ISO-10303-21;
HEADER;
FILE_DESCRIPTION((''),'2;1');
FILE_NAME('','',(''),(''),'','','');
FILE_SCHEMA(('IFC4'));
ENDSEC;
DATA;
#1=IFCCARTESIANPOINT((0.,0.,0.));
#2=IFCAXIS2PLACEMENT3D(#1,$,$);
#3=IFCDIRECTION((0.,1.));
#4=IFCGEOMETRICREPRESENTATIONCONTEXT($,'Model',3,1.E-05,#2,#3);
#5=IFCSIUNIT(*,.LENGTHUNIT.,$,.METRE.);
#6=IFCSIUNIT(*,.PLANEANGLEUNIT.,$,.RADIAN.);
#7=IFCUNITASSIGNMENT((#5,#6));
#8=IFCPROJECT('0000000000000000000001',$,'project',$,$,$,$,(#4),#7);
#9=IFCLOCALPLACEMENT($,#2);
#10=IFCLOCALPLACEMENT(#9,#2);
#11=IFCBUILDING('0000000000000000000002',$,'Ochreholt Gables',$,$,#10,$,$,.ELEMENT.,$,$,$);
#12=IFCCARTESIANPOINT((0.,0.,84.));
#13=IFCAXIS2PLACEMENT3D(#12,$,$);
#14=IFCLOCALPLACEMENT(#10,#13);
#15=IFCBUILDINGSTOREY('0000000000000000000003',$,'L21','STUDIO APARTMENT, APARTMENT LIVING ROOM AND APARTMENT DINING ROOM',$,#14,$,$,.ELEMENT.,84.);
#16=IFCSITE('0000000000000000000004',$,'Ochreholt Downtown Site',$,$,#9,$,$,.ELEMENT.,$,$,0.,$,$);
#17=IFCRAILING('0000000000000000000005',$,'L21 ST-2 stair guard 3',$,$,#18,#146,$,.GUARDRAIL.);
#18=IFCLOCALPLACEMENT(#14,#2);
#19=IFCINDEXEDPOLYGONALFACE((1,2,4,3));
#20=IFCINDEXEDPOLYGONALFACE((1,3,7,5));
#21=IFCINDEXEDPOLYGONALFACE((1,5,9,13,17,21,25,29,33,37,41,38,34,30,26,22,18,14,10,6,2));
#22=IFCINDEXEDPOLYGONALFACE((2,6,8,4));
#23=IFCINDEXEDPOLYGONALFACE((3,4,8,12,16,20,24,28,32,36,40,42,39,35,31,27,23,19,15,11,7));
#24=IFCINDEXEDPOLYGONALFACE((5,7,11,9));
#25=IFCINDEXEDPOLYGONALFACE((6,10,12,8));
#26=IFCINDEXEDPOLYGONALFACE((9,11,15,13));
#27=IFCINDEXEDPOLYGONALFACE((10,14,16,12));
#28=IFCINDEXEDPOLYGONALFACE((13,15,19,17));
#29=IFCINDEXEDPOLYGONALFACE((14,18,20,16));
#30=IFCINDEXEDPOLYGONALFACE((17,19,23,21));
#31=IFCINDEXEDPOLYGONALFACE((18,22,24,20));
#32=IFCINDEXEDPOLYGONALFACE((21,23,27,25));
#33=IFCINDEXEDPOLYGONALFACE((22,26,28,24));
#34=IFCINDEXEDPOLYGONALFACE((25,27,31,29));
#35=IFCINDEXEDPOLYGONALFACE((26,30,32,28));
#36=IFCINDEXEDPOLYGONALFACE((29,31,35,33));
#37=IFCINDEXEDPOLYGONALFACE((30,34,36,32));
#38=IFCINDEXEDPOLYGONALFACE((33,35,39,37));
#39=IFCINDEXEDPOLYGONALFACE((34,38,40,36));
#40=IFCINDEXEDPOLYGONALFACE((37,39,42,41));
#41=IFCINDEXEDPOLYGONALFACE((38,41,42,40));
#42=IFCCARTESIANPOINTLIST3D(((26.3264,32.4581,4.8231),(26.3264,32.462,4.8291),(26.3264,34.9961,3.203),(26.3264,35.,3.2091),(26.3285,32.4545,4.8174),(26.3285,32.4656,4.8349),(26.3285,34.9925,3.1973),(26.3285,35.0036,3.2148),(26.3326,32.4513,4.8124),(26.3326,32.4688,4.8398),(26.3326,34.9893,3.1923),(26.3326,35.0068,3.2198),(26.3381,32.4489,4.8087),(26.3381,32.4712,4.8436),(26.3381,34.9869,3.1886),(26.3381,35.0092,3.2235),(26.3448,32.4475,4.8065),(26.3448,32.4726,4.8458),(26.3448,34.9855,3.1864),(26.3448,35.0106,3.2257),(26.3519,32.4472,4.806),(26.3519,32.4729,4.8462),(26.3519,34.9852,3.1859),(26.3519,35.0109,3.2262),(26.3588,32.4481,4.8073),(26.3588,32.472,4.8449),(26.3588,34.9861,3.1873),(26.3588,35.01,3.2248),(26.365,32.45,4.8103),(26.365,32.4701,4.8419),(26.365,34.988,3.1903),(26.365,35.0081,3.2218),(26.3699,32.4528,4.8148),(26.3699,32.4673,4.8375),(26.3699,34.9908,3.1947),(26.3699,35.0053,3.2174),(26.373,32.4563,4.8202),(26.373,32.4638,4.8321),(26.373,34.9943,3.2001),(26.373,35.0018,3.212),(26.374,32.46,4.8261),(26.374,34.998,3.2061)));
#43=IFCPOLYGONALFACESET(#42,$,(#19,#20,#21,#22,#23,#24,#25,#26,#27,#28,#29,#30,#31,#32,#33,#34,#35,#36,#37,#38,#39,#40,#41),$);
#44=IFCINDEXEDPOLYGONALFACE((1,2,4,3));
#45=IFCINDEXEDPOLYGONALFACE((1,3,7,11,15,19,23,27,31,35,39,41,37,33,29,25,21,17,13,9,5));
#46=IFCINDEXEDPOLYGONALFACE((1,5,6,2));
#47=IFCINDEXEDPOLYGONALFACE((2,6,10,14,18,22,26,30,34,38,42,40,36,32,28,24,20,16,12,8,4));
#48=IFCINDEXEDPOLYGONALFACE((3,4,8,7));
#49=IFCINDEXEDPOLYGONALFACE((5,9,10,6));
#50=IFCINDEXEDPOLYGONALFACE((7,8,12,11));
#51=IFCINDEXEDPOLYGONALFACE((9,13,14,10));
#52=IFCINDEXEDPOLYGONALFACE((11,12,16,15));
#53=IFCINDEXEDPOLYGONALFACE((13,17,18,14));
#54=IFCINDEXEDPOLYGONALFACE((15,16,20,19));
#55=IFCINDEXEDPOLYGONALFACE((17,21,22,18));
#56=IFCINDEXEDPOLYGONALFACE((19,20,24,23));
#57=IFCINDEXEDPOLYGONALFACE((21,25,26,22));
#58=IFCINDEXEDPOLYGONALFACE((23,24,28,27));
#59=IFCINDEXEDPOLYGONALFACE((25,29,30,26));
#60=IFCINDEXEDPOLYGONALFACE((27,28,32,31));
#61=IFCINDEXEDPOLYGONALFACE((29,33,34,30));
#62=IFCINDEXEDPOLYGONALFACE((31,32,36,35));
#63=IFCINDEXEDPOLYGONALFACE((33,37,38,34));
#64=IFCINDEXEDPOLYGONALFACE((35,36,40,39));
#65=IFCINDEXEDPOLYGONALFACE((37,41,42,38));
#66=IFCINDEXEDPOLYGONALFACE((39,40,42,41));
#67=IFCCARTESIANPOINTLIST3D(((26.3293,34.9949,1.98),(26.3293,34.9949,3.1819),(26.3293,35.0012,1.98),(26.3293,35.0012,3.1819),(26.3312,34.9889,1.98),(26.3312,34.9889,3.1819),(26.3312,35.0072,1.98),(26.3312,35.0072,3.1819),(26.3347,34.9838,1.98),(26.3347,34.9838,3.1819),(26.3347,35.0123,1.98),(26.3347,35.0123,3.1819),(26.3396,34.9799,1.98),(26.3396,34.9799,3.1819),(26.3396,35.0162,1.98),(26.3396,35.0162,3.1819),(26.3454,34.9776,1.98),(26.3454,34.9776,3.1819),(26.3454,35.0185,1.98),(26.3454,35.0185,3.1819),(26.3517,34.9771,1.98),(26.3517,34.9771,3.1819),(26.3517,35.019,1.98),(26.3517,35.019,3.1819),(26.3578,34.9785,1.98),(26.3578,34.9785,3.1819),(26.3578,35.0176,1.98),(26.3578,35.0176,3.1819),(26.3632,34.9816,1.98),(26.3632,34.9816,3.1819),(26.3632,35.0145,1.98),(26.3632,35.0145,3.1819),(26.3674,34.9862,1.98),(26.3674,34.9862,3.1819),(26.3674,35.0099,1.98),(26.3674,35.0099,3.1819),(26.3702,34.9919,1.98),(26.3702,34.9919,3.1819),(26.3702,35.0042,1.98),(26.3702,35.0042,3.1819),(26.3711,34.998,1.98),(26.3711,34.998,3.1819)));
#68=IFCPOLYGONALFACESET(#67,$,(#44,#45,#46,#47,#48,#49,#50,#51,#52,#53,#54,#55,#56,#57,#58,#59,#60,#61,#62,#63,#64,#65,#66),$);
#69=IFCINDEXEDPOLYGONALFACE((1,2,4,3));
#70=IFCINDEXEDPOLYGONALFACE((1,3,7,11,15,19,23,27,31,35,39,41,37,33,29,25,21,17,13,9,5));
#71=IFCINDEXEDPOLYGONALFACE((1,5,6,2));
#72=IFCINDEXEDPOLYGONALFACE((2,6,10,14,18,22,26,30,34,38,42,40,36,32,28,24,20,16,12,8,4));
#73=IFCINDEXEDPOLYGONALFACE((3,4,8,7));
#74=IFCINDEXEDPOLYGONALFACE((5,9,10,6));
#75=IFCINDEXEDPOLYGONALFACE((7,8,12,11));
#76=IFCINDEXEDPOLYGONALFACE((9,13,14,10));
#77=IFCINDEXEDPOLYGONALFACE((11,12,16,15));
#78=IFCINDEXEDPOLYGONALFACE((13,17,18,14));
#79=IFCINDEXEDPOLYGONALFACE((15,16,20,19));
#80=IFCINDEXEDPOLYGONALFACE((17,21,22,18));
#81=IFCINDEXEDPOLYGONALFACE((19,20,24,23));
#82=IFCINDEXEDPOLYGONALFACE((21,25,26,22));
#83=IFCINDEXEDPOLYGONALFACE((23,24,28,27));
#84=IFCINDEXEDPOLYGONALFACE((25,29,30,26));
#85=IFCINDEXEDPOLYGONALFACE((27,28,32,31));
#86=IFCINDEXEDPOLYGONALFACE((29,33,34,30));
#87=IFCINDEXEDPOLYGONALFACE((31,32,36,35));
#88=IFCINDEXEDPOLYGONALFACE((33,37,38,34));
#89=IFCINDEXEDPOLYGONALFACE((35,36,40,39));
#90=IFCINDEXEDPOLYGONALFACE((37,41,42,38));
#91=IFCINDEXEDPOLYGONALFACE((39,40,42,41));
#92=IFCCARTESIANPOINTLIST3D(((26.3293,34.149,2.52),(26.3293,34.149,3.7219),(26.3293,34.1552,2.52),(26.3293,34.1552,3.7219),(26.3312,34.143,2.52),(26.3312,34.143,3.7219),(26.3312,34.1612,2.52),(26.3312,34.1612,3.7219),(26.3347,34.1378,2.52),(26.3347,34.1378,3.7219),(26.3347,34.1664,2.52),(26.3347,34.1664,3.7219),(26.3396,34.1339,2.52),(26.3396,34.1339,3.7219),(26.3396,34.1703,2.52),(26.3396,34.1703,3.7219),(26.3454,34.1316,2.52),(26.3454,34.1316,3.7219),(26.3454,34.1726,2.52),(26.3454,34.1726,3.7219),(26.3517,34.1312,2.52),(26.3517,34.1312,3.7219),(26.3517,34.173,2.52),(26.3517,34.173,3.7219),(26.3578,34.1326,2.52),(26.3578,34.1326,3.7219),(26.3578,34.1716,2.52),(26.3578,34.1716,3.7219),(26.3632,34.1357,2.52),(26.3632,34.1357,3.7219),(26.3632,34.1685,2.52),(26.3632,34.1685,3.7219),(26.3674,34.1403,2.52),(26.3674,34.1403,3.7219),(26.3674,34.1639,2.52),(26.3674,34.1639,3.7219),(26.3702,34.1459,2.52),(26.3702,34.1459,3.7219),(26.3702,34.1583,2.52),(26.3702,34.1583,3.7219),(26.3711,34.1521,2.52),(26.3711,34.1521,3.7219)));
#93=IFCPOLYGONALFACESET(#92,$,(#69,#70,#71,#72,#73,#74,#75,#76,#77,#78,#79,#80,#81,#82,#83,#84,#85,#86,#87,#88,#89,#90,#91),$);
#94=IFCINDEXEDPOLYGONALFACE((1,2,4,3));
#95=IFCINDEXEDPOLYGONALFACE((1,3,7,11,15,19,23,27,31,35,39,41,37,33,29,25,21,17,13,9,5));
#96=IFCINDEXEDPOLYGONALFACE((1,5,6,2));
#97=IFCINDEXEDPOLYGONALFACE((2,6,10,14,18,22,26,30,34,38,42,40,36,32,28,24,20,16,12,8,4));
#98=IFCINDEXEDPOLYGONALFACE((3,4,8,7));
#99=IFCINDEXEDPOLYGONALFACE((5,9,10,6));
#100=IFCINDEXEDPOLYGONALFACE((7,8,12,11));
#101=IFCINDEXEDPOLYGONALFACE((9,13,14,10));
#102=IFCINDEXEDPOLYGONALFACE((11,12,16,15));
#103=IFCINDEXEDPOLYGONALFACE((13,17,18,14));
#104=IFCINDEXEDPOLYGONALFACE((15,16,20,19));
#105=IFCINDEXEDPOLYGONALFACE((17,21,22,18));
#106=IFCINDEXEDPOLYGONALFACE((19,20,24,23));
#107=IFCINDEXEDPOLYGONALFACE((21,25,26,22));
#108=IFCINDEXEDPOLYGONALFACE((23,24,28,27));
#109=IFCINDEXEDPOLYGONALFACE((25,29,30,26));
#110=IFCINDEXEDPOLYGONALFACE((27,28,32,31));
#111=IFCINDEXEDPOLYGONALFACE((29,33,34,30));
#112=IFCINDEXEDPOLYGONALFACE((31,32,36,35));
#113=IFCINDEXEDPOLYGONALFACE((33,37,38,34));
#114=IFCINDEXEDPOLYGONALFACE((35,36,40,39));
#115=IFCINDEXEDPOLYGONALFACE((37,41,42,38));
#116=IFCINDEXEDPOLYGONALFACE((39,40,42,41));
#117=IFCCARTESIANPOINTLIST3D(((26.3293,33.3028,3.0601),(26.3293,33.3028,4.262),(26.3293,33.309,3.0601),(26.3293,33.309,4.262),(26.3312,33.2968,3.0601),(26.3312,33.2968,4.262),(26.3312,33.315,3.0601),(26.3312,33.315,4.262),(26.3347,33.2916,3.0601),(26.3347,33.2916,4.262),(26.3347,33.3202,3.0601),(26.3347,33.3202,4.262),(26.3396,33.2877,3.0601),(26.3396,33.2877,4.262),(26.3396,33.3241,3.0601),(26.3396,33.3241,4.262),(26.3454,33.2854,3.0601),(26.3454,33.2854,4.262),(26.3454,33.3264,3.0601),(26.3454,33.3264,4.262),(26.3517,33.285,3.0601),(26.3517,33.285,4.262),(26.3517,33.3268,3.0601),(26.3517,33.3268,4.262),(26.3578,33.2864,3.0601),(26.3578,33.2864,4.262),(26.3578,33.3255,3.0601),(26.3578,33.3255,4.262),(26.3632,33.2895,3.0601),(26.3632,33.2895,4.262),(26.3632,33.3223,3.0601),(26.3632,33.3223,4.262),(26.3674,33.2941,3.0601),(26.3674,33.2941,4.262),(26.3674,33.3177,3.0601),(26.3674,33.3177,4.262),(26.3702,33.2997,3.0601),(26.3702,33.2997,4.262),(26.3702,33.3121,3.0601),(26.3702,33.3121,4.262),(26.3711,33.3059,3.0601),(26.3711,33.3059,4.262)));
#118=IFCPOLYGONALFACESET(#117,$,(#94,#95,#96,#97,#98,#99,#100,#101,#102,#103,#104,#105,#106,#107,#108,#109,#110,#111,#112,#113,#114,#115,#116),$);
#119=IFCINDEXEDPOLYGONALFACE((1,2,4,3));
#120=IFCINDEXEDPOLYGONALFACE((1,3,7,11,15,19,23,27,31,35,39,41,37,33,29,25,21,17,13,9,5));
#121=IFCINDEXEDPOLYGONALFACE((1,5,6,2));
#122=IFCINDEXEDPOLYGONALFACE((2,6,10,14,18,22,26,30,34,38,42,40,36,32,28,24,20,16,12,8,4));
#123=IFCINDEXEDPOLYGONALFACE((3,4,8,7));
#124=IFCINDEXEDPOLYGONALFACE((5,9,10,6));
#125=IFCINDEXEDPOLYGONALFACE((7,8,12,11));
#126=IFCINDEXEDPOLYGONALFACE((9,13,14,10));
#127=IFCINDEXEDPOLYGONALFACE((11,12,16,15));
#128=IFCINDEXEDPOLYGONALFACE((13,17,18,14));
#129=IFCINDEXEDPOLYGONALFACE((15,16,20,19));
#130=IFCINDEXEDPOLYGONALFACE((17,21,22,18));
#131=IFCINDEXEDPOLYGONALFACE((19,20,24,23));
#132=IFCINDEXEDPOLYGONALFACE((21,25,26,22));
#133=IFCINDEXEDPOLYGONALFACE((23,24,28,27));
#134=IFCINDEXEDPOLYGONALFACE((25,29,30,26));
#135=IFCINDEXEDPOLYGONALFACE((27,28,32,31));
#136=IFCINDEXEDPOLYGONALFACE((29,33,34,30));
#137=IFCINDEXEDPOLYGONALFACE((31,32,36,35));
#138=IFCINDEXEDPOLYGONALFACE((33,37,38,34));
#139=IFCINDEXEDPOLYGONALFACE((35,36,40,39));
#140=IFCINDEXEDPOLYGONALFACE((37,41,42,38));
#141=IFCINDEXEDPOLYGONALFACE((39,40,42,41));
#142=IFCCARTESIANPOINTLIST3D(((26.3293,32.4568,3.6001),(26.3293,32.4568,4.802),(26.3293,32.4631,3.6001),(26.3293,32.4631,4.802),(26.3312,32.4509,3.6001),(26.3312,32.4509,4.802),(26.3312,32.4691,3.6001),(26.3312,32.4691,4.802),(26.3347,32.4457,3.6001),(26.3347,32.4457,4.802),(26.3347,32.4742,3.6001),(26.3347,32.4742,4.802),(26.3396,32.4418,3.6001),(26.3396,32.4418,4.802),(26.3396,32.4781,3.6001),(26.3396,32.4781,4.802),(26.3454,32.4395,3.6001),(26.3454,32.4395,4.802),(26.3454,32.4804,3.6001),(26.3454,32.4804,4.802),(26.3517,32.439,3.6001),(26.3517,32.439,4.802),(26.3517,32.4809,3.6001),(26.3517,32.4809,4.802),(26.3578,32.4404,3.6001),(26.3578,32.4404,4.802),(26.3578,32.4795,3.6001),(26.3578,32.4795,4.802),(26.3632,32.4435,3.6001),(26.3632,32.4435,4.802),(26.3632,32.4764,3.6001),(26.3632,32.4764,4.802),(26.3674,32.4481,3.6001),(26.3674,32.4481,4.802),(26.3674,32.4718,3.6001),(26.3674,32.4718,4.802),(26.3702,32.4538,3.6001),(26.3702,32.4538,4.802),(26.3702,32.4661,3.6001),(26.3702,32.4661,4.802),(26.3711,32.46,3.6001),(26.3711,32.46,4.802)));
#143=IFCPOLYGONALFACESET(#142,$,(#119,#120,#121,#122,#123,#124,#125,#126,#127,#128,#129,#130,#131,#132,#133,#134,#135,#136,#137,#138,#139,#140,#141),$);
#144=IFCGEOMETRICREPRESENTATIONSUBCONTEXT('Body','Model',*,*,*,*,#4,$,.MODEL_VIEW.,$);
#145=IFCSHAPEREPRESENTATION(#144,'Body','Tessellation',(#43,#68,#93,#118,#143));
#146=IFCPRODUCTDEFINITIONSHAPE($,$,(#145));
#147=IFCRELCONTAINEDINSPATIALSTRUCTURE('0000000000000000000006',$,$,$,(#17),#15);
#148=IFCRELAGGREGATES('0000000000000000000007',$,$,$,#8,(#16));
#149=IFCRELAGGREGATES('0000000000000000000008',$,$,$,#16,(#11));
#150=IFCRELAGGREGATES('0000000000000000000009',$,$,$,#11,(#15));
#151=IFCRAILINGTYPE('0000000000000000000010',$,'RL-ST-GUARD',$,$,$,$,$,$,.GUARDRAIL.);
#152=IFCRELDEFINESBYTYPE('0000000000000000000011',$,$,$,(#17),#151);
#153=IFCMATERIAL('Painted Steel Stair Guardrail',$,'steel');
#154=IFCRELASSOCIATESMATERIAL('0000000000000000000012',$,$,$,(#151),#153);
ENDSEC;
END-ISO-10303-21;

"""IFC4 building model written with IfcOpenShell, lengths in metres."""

from ifc_helpers import new_model, si_unit, direction, frame, origin, origin_2d, place, context, subcontext, project, spatial, circle, extrude, material, type_object, element, save


model = new_model("IFC4")

# Units and contexts
model_context = context("Model", 3, precision=1e-05, world=origin(), true_north=direction((0.0, 1.0)))
body_context = subcontext(model_context, "Body", "Model", "MODEL_VIEW")
ifc_project = project(units=[si_unit("LENGTHUNIT", "METRE"), si_unit("PLANEANGLEUNIT", "RADIAN")], contexts=[model_context])

# Site, building, storey
site_placement = place(None, origin())
site = spatial("IfcSite", under=ifc_project, at=site_placement, Name="Ochreholt Downtown Site", CompositionType="ELEMENT", RefElevation=0.0)
building_placement = place(site_placement, origin())
building = spatial("IfcBuilding", under=site, at=building_placement, Name="Ochreholt Gables", CompositionType="ELEMENT")
storey_placement = place(building_placement, frame((0.0, 0.0, 84.0)))
storey = spatial("IfcBuildingStorey", under=building, at=storey_placement, Name="L21", Description="STUDIO APARTMENT, APARTMENT LIVING ROOM AND APARTMENT DINING ROOM", CompositionType="ELEMENT", Elevation=84.0)

# Railing
ifc_material_1 = material(Name="Painted Steel Stair Guardrail", Category="steel")
railing_type_1 = type_object("IfcRailingType", Name="RL-ST-GUARD", PredefinedType="GUARDRAIL", material=ifc_material_1)
railing_1_placement = place(storey_placement, frame((26.3501, 34.998, 1.98)))
element("IfcRailing", 1, at=railing_1_placement, inside=storey, type_object=railing_type_1, Name="L21 ST-2 stair guard 3", PredefinedType="GUARDRAIL", context=body_context, shape_type="SweptSolid", body=[
    extrude(circle(Radius=0.0239, at=origin_2d()), frame((0.0, 0.0, 1.2261), z_axis=(0.0, -0.842913, 0.53805), x_axis=(1.0, 0.0, 0.0)), (0.0, 0.0, 1.0), 3.011),
    extrude(circle(Radius=0.021, at=origin_2d()), origin(), (0.0, 0.0, 1.0), 1.2019),
    extrude(circle(Radius=0.021, at=origin_2d()), frame((0.0, -0.8459, 0.54)), (0.0, 0.0, 1.0), 1.2019),
    extrude(circle(Radius=0.021, at=origin_2d()), frame((0.0, -1.6921, 1.0801)), (0.0, 0.0, 1.0), 1.2019),
    extrude(circle(Radius=0.021, at=origin_2d()), frame((0.0, -2.5381, 1.6201)), (0.0, 0.0, 1.0), 1.2019),
])

save(model, "model.ifc")
